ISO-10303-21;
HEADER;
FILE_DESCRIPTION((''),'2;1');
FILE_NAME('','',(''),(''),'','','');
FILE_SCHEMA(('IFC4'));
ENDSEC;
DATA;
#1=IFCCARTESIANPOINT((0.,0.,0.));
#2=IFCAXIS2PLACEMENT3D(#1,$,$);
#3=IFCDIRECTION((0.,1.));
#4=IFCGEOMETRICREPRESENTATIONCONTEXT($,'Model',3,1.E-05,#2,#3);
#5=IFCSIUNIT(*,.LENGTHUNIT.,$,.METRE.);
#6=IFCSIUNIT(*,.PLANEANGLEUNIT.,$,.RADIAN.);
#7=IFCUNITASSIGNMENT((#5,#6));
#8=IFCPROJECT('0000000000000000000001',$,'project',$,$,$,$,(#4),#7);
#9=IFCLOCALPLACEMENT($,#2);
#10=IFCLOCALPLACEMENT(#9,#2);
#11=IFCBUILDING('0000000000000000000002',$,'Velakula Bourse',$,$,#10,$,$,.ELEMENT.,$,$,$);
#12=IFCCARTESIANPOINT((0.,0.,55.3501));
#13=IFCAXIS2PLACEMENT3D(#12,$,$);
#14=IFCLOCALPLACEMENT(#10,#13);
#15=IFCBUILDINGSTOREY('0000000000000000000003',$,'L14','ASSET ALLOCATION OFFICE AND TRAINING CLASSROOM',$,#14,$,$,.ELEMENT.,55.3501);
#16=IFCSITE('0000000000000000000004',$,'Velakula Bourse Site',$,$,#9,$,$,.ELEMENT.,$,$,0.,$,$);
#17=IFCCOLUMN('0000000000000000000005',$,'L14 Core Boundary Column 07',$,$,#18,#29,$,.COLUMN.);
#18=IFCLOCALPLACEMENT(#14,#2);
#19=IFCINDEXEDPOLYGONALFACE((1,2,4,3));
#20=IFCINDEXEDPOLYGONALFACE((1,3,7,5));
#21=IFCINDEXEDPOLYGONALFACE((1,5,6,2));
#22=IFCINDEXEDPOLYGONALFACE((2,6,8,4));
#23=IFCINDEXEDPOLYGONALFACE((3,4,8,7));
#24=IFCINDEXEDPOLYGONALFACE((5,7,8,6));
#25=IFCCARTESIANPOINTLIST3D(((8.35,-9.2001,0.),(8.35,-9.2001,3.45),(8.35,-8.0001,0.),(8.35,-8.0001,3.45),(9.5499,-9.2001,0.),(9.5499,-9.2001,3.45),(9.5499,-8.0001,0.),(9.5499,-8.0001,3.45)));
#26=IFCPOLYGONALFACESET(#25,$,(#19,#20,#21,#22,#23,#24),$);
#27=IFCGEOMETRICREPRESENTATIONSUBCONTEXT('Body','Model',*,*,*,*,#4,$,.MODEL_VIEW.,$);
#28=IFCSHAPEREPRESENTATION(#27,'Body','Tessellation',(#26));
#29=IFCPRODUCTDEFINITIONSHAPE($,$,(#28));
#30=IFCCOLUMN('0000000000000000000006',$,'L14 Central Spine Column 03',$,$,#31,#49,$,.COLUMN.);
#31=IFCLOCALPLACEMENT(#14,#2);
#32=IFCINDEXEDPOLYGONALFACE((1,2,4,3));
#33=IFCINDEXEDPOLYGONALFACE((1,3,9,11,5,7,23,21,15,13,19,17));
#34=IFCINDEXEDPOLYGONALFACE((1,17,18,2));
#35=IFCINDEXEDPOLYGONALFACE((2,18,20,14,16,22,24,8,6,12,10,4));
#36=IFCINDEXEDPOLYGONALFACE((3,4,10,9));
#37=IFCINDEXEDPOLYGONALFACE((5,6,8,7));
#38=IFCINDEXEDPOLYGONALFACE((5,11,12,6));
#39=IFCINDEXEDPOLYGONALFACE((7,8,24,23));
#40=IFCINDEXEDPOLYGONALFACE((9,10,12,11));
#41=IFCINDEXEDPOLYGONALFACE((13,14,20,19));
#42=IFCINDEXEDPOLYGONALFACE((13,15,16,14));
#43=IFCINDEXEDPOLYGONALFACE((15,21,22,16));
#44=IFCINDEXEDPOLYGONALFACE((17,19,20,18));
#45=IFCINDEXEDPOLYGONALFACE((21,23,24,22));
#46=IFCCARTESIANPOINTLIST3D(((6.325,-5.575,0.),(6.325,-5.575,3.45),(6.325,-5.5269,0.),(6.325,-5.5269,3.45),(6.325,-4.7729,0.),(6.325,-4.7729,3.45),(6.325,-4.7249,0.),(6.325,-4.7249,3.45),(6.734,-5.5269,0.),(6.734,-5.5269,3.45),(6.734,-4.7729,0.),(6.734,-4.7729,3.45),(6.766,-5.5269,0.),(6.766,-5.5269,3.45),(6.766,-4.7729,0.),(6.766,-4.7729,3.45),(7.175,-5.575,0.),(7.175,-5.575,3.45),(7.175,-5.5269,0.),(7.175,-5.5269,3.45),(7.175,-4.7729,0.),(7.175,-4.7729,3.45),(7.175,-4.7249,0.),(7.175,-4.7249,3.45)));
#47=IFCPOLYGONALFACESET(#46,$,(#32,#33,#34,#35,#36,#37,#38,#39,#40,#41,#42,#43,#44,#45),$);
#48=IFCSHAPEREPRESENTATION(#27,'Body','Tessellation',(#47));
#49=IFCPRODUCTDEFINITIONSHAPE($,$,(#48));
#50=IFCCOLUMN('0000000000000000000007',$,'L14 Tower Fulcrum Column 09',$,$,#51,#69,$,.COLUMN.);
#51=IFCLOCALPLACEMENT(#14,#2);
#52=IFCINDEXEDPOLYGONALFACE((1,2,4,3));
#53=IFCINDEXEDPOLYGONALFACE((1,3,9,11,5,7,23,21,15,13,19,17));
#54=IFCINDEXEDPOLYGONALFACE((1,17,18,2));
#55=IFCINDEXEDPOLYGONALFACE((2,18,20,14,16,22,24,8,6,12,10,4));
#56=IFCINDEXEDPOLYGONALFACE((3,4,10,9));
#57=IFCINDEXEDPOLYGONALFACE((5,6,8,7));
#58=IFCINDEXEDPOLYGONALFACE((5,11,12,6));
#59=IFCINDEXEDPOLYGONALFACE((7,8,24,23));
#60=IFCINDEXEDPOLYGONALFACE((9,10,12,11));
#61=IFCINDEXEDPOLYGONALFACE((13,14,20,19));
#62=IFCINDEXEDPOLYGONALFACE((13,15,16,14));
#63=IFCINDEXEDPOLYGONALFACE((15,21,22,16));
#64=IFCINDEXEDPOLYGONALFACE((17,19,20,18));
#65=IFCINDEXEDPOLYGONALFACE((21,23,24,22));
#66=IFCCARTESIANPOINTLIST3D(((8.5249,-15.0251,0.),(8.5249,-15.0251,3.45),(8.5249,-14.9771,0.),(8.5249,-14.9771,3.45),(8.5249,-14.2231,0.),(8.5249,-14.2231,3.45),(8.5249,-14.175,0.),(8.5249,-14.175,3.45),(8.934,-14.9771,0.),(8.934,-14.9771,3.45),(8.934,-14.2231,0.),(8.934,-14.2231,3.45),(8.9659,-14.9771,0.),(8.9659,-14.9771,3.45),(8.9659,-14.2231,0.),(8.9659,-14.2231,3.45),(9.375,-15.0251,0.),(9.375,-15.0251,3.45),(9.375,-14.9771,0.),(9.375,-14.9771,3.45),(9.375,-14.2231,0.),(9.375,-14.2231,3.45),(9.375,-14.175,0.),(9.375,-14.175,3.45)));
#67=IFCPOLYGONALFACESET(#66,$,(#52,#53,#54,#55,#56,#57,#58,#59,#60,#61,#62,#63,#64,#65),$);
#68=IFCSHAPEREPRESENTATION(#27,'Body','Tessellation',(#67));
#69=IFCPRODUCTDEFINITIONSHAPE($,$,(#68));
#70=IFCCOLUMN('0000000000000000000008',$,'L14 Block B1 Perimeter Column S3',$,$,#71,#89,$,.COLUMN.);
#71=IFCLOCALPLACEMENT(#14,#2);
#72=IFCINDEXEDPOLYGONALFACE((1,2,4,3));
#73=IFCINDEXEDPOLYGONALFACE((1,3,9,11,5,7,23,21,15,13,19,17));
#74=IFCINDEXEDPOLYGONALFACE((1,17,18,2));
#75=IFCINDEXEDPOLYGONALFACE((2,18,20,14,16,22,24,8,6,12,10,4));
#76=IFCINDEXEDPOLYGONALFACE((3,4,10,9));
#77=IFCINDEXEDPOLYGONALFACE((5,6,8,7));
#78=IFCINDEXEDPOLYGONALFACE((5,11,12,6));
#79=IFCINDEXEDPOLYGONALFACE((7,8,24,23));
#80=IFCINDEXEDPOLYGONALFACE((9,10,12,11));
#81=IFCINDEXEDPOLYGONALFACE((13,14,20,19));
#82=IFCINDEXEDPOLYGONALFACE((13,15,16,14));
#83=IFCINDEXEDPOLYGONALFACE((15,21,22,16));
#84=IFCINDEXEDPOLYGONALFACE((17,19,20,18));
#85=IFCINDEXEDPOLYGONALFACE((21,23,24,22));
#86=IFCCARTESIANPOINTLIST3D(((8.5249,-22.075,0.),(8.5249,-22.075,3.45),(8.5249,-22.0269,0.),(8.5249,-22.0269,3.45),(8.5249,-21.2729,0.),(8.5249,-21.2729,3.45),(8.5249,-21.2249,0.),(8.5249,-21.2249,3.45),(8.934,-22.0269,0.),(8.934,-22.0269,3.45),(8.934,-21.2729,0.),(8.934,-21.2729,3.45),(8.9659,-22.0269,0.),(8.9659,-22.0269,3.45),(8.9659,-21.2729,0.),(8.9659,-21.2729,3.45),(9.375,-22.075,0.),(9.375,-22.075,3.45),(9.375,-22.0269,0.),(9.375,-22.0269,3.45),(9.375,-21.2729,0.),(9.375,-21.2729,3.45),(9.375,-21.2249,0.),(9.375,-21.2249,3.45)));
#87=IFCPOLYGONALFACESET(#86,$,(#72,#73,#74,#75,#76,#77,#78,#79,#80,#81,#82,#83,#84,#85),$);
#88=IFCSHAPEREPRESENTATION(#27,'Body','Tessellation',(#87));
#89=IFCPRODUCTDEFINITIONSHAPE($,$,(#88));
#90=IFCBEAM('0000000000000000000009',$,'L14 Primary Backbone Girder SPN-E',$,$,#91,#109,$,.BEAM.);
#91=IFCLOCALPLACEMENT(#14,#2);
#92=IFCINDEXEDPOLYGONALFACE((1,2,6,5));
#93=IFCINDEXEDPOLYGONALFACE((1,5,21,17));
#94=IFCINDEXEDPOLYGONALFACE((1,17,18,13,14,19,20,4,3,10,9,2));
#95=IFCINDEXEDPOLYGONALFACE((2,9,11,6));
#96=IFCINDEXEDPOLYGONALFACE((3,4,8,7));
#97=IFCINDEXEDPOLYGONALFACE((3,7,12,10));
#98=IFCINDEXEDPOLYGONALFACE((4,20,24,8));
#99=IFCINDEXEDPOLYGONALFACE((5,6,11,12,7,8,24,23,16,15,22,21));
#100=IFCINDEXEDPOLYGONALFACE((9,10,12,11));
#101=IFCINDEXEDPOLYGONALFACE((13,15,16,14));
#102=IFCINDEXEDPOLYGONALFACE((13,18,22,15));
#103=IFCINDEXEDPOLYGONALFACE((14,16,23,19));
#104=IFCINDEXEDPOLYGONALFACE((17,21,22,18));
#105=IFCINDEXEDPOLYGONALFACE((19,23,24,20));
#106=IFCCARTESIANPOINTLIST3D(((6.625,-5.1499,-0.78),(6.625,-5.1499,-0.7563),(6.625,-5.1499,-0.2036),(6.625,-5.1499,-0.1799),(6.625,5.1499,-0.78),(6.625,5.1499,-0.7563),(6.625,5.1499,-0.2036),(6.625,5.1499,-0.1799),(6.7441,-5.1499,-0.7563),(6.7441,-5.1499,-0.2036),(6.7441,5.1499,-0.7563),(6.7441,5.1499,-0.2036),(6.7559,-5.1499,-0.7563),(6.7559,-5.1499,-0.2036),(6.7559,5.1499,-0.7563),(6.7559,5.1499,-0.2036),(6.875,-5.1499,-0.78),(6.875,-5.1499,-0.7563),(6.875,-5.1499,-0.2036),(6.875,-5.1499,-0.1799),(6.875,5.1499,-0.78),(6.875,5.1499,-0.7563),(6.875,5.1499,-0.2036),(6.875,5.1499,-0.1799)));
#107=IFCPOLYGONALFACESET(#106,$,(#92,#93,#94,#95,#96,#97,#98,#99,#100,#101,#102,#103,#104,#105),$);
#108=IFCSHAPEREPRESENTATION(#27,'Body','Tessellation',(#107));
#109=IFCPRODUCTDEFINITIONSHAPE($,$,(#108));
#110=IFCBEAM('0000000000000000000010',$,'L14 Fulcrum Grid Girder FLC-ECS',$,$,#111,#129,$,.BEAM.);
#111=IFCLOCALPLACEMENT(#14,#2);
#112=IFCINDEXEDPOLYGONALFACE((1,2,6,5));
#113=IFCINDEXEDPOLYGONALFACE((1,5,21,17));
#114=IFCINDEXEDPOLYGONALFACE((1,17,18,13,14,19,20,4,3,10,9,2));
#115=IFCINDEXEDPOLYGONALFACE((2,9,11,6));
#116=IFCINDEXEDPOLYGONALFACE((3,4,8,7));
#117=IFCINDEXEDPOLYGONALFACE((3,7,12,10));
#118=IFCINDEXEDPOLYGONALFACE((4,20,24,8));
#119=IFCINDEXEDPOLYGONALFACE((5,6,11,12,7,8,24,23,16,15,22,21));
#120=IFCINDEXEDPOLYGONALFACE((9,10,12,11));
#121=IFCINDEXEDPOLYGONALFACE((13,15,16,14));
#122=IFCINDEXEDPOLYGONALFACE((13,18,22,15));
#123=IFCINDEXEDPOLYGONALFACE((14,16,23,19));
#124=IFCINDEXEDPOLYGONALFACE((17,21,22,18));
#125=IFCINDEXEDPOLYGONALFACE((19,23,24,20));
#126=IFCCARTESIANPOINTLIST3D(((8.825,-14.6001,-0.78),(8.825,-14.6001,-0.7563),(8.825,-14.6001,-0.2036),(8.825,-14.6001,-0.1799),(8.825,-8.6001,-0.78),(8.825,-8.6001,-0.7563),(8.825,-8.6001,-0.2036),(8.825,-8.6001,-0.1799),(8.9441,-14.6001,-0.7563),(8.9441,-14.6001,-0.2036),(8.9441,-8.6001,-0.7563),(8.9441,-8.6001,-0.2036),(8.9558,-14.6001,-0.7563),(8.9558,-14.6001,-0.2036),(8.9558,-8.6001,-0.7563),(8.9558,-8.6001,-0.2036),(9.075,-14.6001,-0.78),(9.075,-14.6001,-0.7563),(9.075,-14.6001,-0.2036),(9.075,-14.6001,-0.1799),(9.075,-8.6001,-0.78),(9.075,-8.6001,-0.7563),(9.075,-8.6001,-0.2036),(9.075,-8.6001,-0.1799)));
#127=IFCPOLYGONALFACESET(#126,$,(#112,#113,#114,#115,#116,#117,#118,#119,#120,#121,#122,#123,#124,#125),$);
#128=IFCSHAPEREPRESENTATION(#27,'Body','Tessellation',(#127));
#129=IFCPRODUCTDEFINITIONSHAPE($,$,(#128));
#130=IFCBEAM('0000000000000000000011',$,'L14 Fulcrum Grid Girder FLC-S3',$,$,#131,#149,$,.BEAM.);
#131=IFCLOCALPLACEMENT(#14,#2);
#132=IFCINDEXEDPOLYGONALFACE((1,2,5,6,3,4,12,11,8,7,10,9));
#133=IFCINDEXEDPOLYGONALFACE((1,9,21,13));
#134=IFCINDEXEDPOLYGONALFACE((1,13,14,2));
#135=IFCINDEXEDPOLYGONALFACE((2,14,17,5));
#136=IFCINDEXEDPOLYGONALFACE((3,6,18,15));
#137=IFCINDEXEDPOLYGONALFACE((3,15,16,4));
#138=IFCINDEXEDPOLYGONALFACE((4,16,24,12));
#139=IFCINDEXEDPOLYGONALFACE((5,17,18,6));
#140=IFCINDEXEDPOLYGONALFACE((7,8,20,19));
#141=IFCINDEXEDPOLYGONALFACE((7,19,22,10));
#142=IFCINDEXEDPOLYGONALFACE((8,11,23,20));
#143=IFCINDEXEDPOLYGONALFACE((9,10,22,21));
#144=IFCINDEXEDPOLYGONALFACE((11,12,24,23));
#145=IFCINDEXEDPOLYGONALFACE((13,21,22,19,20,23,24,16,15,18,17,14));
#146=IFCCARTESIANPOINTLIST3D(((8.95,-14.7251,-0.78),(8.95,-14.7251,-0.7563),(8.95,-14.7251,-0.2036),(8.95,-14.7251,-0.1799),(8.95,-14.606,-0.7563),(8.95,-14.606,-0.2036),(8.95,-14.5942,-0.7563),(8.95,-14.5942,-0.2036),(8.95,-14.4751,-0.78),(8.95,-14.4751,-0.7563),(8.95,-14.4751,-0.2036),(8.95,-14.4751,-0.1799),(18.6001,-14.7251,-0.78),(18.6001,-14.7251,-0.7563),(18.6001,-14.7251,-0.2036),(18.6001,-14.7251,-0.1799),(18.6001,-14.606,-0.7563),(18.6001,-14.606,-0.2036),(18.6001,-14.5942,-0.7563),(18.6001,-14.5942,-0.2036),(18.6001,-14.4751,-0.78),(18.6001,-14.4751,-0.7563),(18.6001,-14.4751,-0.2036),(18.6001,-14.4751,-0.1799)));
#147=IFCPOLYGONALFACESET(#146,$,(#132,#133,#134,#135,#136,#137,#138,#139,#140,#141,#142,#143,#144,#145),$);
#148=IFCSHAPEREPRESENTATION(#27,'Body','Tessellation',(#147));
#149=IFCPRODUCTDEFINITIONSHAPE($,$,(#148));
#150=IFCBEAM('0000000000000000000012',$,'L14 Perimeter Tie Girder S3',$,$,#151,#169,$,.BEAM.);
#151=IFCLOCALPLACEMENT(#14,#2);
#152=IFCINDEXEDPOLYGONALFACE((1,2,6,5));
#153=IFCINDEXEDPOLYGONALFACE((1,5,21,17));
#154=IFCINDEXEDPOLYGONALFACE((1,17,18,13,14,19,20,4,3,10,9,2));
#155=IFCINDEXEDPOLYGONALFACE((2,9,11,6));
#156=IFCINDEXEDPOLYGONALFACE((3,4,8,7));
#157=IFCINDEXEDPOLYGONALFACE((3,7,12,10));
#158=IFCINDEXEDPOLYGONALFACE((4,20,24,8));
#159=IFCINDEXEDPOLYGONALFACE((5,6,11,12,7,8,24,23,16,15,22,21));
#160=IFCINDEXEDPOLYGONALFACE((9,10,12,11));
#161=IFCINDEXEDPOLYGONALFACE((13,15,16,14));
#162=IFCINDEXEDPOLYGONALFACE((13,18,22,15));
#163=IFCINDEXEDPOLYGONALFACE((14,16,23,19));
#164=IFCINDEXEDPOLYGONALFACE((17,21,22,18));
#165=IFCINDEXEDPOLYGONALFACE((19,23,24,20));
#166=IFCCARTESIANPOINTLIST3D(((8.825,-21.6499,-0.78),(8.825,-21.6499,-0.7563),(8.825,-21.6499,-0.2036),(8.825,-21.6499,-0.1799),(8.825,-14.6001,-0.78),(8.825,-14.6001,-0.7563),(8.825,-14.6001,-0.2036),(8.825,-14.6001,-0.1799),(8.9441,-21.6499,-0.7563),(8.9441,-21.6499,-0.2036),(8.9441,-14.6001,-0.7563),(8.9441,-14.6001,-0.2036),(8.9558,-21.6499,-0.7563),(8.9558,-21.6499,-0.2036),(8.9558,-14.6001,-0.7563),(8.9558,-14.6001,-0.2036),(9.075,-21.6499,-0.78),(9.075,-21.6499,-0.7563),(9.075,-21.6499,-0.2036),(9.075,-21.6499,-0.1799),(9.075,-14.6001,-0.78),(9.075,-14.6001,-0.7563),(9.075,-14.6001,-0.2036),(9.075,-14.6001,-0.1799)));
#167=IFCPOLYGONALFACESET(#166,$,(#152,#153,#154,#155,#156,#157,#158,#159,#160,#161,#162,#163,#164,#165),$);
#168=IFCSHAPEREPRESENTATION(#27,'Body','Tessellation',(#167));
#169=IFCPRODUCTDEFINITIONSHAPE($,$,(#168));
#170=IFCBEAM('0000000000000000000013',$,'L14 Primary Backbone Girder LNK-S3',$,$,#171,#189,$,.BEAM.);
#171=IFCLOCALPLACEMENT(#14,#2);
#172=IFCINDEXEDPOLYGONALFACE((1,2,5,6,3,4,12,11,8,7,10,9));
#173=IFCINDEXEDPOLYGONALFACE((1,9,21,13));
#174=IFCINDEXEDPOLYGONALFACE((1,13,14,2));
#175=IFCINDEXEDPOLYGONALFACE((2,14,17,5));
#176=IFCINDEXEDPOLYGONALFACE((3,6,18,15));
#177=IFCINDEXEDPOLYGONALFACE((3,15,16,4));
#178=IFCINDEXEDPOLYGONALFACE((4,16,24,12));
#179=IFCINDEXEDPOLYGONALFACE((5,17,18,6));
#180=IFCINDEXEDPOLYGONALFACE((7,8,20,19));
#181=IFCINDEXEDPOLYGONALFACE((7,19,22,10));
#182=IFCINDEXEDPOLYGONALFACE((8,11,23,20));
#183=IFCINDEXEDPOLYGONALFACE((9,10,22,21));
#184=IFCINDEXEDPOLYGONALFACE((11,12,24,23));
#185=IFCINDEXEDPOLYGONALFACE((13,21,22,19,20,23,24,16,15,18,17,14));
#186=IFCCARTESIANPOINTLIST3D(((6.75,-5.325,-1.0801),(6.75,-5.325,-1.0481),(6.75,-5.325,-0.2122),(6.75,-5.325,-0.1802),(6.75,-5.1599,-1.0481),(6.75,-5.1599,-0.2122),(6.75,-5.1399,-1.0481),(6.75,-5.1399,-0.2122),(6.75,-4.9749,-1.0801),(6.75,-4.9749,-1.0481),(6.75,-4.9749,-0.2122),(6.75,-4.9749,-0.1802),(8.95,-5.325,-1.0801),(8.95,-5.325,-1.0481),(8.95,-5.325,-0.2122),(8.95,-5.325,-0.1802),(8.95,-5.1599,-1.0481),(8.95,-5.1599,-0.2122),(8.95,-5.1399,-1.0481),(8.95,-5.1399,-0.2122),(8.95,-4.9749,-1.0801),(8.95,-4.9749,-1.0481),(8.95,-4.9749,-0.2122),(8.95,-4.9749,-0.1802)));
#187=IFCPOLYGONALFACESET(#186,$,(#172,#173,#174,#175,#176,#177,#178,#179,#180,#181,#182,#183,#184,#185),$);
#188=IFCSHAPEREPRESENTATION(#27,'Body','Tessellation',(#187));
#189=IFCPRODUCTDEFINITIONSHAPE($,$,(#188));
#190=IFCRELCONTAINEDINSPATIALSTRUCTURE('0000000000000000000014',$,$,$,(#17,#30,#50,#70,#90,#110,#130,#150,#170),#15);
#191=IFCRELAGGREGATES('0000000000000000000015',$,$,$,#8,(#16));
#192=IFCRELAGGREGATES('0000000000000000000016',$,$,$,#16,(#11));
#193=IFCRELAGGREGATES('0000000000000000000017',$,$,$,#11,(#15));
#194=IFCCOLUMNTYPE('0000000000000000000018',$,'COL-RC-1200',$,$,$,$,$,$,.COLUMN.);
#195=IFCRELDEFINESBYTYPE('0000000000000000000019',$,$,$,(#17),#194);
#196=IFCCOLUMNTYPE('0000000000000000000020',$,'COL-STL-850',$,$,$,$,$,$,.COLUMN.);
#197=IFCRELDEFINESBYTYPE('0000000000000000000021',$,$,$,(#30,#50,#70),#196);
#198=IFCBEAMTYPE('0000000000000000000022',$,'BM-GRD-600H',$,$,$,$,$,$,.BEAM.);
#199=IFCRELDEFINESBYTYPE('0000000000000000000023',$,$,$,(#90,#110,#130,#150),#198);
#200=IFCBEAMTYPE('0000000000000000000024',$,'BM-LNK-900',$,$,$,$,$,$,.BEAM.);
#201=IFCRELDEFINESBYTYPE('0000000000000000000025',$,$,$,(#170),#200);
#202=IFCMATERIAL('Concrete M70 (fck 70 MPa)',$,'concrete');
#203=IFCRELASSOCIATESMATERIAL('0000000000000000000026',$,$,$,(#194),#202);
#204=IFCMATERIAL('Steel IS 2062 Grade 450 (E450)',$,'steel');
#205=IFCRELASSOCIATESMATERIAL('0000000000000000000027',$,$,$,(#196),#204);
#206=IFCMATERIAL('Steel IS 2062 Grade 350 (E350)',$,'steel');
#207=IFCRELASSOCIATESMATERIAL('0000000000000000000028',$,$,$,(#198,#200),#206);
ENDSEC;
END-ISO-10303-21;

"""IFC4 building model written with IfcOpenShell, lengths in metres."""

from ifc_helpers import new_model, si_unit, direction, frame, origin, origin_2d, place, context, subcontext, project, spatial, rectangle, i_section, extrude, material, material_profile, profile_set, type_object, element, save


model = new_model("IFC4")

# Units and contexts
model_context = context("Model", 3, precision=1e-05, world=origin(), true_north=direction((0.0, 1.0)))
body_context = subcontext(model_context, "Body", "Model", "MODEL_VIEW")
ifc_project = project(units=[si_unit("LENGTHUNIT", "METRE"), si_unit("PLANEANGLEUNIT", "RADIAN")], contexts=[model_context])

# Site, building, storey
site_placement = place(None, origin())
site = spatial("IfcSite", under=ifc_project, at=site_placement, Name="Velakula Bourse Site", CompositionType="ELEMENT", RefElevation=0.0)
building_placement = place(site_placement, origin())
building = spatial("IfcBuilding", under=site, at=building_placement, Name="Velakula Bourse", CompositionType="ELEMENT")
storey_placement = place(building_placement, frame((0.0, 0.0, 55.3501)))
storey = spatial("IfcBuildingStorey", under=building, at=storey_placement, Name="L14", Description="ASSET ALLOCATION OFFICE AND TRAINING CLASSROOM", CompositionType="ELEMENT", Elevation=55.3501)

# Columns
ifc_material_1 = material(Name="Concrete M70 (fck 70 MPa)", Category="concrete")
ifc_material_profile_1 = material_profile(ifc_material_1, rectangle(XDim=1.2, YDim=1.2, at=origin_2d()), Name="Concrete M70 (fck 70 MPa)")
ifc_profile_set_1 = profile_set([ifc_material_profile_1], Name="Concrete M70 (fck 70 MPa)")
column_type_1 = type_object("IfcColumnType", Name="COL-RC-1200", PredefinedType="COLUMN", material=ifc_profile_set_1)
column_placement = place(storey_placement, frame((8.95, -8.6001, 0.0), z_axis=(0.0, 0.0, 1.0), x_axis=(1.0, 0.0, 0.0)))
element("IfcColumn", 1, at=column_placement, inside=storey, type_object=column_type_1, Name="L14 Core Boundary Column 07", PredefinedType="COLUMN", context=body_context, shape_type="SweptSolid", body=[
    extrude(rectangle(XDim=1.2, YDim=1.2, at=origin_2d()), origin(), (0.0, 0.0, 1.0), 3.45),
])
ifc_material_2 = material(Name="Steel IS 2062 Grade 450 (E450)", Category="steel")
ifc_material_profile_2 = material_profile(ifc_material_2, i_section(OverallWidth=0.8501, OverallDepth=0.8501, WebThickness=0.032, FlangeThickness=0.0481, at=origin_2d()), Name="Steel IS 2062 Grade 450 (E450)")
ifc_profile_set_2 = profile_set([ifc_material_profile_2], Name="Steel IS 2062 Grade 450 (E450)")
column_type_2 = type_object("IfcColumnType", Name="COL-STL-850", PredefinedType="COLUMN", material=ifc_profile_set_2)
for number, where, z_axis, x_axis, name in (
    (2, (6.75, -5.1499, 0.0), (0.0, 0.0, 1.0), (1.0, 0.0, 0.0), "L14 Central Spine Column 03"),
    (3, (8.95, -14.6001, 0.0), (0.0, 0.0, 1.0), (1.0, 0.0, 0.0), "L14 Tower Fulcrum Column 09"),
    (4, (8.95, -21.6499, 0.0), (0.0, 0.0, 1.0), (1.0, 0.0, 0.0), "L14 Block B1 Perimeter Column S3"),
):
    element("IfcColumn", number, at=place(storey_placement, frame(where, z_axis=z_axis, x_axis=x_axis)), inside=storey, type_object=column_type_2, Name=name, PredefinedType="COLUMN", context=body_context, shape_type="SweptSolid", body=[
        extrude(i_section(OverallWidth=0.8501, OverallDepth=0.8501, WebThickness=0.032, FlangeThickness=0.0481, at=origin_2d()), origin(), (0.0, 0.0, 1.0), 3.45),
    ])

# Beams
ifc_material_3 = material(Name="Steel IS 2062 Grade 350 (E350)", Category="steel")
ifc_material_profile_3 = material_profile(ifc_material_3, i_section(OverallWidth=0.25, OverallDepth=0.6001, WebThickness=0.0117, FlangeThickness=0.0237, at=origin_2d()), Name="Steel IS 2062 Grade 350 (E350)")
ifc_profile_set_3 = profile_set([ifc_material_profile_3], Name="Steel IS 2062 Grade 350 (E350)")
beam_type_1 = type_object("IfcBeamType", Name="BM-GRD-600H", PredefinedType="BEAM", material=ifc_profile_set_3)
beam_1_placement = place(storey_placement, frame((6.75, -5.1499, -0.48), z_axis=(0.0, 1.0, 0.0), x_axis=(-1.0, 0.0, 0.0)))
element("IfcBeam", 5, at=beam_1_placement, inside=storey, type_object=beam_type_1, Name="L14 Primary Backbone Girder SPN-E", PredefinedType="BEAM", context=body_context, shape_type="SweptSolid", body=[
    extrude(i_section(OverallWidth=0.25, OverallDepth=0.6001, WebThickness=0.0117, FlangeThickness=0.0237, at=origin_2d()), origin(), (0.0, 0.0, 1.0), 10.2998),
])
beam_2_placement = place(storey_placement, frame((8.95, -14.6001, -0.48), z_axis=(0.0, 1.0, 0.0), x_axis=(-1.0, 0.0, 0.0)))
element("IfcBeam", 6, at=beam_2_placement, inside=storey, type_object=beam_type_1, Name="L14 Fulcrum Grid Girder FLC-ECS", PredefinedType="BEAM", context=body_context, shape_type="SweptSolid", body=[
    extrude(i_section(OverallWidth=0.25, OverallDepth=0.6001, WebThickness=0.0117, FlangeThickness=0.0237, at=origin_2d()), origin(), (0.0, 0.0, 1.0), 6.0),
])
beam_3_placement = place(storey_placement, frame((8.95, -14.6001, -0.48), z_axis=(1.0, 0.0, 0.0), x_axis=(0.0, 1.0, 0.0)))
element("IfcBeam", 7, at=beam_3_placement, inside=storey, type_object=beam_type_1, Name="L14 Fulcrum Grid Girder FLC-S3", PredefinedType="BEAM", context=body_context, shape_type="SweptSolid", body=[
    extrude(i_section(OverallWidth=0.25, OverallDepth=0.6001, WebThickness=0.0117, FlangeThickness=0.0237, at=origin_2d()), origin(), (0.0, 0.0, 1.0), 9.6501),
])
beam_4_placement = place(storey_placement, frame((8.95, -14.6001, -0.48), z_axis=(0.0, -1.0, 0.0), x_axis=(1.0, 0.0, 0.0)))
element("IfcBeam", 8, at=beam_4_placement, inside=storey, type_object=beam_type_1, Name="L14 Perimeter Tie Girder S3", PredefinedType="BEAM", context=body_context, shape_type="SweptSolid", body=[
    extrude(i_section(OverallWidth=0.25, OverallDepth=0.6001, WebThickness=0.0117, FlangeThickness=0.0237, at=origin_2d()), origin(), (0.0, 0.0, 1.0), 7.0498),
])
ifc_material_profile_4 = material_profile(ifc_material_3, i_section(OverallWidth=0.3501, OverallDepth=0.8999, WebThickness=0.02, FlangeThickness=0.032, at=origin_2d()), Name="Steel IS 2062 Grade 350 (E350)")
ifc_profile_set_4 = profile_set([ifc_material_profile_4], Name="Steel IS 2062 Grade 350 (E350)")
beam_type_2 = type_object("IfcBeamType", Name="BM-LNK-900", PredefinedType="BEAM", material=ifc_profile_set_4)
beam_5_placement = place(storey_placement, frame((6.75, -5.1499, -0.6301), z_axis=(1.0, 0.0, 0.0), x_axis=(0.0, 1.0, 0.0)))
element("IfcBeam", 9, at=beam_5_placement, inside=storey, type_object=beam_type_2, Name="L14 Primary Backbone Girder LNK-S3", PredefinedType="BEAM", context=body_context, shape_type="SweptSolid", body=[
    extrude(i_section(OverallWidth=0.3501, OverallDepth=0.8999, WebThickness=0.02, FlangeThickness=0.032, at=origin_2d()), origin(), (0.0, 0.0, 1.0), 2.2),
])

save(model, "model.ifc")
